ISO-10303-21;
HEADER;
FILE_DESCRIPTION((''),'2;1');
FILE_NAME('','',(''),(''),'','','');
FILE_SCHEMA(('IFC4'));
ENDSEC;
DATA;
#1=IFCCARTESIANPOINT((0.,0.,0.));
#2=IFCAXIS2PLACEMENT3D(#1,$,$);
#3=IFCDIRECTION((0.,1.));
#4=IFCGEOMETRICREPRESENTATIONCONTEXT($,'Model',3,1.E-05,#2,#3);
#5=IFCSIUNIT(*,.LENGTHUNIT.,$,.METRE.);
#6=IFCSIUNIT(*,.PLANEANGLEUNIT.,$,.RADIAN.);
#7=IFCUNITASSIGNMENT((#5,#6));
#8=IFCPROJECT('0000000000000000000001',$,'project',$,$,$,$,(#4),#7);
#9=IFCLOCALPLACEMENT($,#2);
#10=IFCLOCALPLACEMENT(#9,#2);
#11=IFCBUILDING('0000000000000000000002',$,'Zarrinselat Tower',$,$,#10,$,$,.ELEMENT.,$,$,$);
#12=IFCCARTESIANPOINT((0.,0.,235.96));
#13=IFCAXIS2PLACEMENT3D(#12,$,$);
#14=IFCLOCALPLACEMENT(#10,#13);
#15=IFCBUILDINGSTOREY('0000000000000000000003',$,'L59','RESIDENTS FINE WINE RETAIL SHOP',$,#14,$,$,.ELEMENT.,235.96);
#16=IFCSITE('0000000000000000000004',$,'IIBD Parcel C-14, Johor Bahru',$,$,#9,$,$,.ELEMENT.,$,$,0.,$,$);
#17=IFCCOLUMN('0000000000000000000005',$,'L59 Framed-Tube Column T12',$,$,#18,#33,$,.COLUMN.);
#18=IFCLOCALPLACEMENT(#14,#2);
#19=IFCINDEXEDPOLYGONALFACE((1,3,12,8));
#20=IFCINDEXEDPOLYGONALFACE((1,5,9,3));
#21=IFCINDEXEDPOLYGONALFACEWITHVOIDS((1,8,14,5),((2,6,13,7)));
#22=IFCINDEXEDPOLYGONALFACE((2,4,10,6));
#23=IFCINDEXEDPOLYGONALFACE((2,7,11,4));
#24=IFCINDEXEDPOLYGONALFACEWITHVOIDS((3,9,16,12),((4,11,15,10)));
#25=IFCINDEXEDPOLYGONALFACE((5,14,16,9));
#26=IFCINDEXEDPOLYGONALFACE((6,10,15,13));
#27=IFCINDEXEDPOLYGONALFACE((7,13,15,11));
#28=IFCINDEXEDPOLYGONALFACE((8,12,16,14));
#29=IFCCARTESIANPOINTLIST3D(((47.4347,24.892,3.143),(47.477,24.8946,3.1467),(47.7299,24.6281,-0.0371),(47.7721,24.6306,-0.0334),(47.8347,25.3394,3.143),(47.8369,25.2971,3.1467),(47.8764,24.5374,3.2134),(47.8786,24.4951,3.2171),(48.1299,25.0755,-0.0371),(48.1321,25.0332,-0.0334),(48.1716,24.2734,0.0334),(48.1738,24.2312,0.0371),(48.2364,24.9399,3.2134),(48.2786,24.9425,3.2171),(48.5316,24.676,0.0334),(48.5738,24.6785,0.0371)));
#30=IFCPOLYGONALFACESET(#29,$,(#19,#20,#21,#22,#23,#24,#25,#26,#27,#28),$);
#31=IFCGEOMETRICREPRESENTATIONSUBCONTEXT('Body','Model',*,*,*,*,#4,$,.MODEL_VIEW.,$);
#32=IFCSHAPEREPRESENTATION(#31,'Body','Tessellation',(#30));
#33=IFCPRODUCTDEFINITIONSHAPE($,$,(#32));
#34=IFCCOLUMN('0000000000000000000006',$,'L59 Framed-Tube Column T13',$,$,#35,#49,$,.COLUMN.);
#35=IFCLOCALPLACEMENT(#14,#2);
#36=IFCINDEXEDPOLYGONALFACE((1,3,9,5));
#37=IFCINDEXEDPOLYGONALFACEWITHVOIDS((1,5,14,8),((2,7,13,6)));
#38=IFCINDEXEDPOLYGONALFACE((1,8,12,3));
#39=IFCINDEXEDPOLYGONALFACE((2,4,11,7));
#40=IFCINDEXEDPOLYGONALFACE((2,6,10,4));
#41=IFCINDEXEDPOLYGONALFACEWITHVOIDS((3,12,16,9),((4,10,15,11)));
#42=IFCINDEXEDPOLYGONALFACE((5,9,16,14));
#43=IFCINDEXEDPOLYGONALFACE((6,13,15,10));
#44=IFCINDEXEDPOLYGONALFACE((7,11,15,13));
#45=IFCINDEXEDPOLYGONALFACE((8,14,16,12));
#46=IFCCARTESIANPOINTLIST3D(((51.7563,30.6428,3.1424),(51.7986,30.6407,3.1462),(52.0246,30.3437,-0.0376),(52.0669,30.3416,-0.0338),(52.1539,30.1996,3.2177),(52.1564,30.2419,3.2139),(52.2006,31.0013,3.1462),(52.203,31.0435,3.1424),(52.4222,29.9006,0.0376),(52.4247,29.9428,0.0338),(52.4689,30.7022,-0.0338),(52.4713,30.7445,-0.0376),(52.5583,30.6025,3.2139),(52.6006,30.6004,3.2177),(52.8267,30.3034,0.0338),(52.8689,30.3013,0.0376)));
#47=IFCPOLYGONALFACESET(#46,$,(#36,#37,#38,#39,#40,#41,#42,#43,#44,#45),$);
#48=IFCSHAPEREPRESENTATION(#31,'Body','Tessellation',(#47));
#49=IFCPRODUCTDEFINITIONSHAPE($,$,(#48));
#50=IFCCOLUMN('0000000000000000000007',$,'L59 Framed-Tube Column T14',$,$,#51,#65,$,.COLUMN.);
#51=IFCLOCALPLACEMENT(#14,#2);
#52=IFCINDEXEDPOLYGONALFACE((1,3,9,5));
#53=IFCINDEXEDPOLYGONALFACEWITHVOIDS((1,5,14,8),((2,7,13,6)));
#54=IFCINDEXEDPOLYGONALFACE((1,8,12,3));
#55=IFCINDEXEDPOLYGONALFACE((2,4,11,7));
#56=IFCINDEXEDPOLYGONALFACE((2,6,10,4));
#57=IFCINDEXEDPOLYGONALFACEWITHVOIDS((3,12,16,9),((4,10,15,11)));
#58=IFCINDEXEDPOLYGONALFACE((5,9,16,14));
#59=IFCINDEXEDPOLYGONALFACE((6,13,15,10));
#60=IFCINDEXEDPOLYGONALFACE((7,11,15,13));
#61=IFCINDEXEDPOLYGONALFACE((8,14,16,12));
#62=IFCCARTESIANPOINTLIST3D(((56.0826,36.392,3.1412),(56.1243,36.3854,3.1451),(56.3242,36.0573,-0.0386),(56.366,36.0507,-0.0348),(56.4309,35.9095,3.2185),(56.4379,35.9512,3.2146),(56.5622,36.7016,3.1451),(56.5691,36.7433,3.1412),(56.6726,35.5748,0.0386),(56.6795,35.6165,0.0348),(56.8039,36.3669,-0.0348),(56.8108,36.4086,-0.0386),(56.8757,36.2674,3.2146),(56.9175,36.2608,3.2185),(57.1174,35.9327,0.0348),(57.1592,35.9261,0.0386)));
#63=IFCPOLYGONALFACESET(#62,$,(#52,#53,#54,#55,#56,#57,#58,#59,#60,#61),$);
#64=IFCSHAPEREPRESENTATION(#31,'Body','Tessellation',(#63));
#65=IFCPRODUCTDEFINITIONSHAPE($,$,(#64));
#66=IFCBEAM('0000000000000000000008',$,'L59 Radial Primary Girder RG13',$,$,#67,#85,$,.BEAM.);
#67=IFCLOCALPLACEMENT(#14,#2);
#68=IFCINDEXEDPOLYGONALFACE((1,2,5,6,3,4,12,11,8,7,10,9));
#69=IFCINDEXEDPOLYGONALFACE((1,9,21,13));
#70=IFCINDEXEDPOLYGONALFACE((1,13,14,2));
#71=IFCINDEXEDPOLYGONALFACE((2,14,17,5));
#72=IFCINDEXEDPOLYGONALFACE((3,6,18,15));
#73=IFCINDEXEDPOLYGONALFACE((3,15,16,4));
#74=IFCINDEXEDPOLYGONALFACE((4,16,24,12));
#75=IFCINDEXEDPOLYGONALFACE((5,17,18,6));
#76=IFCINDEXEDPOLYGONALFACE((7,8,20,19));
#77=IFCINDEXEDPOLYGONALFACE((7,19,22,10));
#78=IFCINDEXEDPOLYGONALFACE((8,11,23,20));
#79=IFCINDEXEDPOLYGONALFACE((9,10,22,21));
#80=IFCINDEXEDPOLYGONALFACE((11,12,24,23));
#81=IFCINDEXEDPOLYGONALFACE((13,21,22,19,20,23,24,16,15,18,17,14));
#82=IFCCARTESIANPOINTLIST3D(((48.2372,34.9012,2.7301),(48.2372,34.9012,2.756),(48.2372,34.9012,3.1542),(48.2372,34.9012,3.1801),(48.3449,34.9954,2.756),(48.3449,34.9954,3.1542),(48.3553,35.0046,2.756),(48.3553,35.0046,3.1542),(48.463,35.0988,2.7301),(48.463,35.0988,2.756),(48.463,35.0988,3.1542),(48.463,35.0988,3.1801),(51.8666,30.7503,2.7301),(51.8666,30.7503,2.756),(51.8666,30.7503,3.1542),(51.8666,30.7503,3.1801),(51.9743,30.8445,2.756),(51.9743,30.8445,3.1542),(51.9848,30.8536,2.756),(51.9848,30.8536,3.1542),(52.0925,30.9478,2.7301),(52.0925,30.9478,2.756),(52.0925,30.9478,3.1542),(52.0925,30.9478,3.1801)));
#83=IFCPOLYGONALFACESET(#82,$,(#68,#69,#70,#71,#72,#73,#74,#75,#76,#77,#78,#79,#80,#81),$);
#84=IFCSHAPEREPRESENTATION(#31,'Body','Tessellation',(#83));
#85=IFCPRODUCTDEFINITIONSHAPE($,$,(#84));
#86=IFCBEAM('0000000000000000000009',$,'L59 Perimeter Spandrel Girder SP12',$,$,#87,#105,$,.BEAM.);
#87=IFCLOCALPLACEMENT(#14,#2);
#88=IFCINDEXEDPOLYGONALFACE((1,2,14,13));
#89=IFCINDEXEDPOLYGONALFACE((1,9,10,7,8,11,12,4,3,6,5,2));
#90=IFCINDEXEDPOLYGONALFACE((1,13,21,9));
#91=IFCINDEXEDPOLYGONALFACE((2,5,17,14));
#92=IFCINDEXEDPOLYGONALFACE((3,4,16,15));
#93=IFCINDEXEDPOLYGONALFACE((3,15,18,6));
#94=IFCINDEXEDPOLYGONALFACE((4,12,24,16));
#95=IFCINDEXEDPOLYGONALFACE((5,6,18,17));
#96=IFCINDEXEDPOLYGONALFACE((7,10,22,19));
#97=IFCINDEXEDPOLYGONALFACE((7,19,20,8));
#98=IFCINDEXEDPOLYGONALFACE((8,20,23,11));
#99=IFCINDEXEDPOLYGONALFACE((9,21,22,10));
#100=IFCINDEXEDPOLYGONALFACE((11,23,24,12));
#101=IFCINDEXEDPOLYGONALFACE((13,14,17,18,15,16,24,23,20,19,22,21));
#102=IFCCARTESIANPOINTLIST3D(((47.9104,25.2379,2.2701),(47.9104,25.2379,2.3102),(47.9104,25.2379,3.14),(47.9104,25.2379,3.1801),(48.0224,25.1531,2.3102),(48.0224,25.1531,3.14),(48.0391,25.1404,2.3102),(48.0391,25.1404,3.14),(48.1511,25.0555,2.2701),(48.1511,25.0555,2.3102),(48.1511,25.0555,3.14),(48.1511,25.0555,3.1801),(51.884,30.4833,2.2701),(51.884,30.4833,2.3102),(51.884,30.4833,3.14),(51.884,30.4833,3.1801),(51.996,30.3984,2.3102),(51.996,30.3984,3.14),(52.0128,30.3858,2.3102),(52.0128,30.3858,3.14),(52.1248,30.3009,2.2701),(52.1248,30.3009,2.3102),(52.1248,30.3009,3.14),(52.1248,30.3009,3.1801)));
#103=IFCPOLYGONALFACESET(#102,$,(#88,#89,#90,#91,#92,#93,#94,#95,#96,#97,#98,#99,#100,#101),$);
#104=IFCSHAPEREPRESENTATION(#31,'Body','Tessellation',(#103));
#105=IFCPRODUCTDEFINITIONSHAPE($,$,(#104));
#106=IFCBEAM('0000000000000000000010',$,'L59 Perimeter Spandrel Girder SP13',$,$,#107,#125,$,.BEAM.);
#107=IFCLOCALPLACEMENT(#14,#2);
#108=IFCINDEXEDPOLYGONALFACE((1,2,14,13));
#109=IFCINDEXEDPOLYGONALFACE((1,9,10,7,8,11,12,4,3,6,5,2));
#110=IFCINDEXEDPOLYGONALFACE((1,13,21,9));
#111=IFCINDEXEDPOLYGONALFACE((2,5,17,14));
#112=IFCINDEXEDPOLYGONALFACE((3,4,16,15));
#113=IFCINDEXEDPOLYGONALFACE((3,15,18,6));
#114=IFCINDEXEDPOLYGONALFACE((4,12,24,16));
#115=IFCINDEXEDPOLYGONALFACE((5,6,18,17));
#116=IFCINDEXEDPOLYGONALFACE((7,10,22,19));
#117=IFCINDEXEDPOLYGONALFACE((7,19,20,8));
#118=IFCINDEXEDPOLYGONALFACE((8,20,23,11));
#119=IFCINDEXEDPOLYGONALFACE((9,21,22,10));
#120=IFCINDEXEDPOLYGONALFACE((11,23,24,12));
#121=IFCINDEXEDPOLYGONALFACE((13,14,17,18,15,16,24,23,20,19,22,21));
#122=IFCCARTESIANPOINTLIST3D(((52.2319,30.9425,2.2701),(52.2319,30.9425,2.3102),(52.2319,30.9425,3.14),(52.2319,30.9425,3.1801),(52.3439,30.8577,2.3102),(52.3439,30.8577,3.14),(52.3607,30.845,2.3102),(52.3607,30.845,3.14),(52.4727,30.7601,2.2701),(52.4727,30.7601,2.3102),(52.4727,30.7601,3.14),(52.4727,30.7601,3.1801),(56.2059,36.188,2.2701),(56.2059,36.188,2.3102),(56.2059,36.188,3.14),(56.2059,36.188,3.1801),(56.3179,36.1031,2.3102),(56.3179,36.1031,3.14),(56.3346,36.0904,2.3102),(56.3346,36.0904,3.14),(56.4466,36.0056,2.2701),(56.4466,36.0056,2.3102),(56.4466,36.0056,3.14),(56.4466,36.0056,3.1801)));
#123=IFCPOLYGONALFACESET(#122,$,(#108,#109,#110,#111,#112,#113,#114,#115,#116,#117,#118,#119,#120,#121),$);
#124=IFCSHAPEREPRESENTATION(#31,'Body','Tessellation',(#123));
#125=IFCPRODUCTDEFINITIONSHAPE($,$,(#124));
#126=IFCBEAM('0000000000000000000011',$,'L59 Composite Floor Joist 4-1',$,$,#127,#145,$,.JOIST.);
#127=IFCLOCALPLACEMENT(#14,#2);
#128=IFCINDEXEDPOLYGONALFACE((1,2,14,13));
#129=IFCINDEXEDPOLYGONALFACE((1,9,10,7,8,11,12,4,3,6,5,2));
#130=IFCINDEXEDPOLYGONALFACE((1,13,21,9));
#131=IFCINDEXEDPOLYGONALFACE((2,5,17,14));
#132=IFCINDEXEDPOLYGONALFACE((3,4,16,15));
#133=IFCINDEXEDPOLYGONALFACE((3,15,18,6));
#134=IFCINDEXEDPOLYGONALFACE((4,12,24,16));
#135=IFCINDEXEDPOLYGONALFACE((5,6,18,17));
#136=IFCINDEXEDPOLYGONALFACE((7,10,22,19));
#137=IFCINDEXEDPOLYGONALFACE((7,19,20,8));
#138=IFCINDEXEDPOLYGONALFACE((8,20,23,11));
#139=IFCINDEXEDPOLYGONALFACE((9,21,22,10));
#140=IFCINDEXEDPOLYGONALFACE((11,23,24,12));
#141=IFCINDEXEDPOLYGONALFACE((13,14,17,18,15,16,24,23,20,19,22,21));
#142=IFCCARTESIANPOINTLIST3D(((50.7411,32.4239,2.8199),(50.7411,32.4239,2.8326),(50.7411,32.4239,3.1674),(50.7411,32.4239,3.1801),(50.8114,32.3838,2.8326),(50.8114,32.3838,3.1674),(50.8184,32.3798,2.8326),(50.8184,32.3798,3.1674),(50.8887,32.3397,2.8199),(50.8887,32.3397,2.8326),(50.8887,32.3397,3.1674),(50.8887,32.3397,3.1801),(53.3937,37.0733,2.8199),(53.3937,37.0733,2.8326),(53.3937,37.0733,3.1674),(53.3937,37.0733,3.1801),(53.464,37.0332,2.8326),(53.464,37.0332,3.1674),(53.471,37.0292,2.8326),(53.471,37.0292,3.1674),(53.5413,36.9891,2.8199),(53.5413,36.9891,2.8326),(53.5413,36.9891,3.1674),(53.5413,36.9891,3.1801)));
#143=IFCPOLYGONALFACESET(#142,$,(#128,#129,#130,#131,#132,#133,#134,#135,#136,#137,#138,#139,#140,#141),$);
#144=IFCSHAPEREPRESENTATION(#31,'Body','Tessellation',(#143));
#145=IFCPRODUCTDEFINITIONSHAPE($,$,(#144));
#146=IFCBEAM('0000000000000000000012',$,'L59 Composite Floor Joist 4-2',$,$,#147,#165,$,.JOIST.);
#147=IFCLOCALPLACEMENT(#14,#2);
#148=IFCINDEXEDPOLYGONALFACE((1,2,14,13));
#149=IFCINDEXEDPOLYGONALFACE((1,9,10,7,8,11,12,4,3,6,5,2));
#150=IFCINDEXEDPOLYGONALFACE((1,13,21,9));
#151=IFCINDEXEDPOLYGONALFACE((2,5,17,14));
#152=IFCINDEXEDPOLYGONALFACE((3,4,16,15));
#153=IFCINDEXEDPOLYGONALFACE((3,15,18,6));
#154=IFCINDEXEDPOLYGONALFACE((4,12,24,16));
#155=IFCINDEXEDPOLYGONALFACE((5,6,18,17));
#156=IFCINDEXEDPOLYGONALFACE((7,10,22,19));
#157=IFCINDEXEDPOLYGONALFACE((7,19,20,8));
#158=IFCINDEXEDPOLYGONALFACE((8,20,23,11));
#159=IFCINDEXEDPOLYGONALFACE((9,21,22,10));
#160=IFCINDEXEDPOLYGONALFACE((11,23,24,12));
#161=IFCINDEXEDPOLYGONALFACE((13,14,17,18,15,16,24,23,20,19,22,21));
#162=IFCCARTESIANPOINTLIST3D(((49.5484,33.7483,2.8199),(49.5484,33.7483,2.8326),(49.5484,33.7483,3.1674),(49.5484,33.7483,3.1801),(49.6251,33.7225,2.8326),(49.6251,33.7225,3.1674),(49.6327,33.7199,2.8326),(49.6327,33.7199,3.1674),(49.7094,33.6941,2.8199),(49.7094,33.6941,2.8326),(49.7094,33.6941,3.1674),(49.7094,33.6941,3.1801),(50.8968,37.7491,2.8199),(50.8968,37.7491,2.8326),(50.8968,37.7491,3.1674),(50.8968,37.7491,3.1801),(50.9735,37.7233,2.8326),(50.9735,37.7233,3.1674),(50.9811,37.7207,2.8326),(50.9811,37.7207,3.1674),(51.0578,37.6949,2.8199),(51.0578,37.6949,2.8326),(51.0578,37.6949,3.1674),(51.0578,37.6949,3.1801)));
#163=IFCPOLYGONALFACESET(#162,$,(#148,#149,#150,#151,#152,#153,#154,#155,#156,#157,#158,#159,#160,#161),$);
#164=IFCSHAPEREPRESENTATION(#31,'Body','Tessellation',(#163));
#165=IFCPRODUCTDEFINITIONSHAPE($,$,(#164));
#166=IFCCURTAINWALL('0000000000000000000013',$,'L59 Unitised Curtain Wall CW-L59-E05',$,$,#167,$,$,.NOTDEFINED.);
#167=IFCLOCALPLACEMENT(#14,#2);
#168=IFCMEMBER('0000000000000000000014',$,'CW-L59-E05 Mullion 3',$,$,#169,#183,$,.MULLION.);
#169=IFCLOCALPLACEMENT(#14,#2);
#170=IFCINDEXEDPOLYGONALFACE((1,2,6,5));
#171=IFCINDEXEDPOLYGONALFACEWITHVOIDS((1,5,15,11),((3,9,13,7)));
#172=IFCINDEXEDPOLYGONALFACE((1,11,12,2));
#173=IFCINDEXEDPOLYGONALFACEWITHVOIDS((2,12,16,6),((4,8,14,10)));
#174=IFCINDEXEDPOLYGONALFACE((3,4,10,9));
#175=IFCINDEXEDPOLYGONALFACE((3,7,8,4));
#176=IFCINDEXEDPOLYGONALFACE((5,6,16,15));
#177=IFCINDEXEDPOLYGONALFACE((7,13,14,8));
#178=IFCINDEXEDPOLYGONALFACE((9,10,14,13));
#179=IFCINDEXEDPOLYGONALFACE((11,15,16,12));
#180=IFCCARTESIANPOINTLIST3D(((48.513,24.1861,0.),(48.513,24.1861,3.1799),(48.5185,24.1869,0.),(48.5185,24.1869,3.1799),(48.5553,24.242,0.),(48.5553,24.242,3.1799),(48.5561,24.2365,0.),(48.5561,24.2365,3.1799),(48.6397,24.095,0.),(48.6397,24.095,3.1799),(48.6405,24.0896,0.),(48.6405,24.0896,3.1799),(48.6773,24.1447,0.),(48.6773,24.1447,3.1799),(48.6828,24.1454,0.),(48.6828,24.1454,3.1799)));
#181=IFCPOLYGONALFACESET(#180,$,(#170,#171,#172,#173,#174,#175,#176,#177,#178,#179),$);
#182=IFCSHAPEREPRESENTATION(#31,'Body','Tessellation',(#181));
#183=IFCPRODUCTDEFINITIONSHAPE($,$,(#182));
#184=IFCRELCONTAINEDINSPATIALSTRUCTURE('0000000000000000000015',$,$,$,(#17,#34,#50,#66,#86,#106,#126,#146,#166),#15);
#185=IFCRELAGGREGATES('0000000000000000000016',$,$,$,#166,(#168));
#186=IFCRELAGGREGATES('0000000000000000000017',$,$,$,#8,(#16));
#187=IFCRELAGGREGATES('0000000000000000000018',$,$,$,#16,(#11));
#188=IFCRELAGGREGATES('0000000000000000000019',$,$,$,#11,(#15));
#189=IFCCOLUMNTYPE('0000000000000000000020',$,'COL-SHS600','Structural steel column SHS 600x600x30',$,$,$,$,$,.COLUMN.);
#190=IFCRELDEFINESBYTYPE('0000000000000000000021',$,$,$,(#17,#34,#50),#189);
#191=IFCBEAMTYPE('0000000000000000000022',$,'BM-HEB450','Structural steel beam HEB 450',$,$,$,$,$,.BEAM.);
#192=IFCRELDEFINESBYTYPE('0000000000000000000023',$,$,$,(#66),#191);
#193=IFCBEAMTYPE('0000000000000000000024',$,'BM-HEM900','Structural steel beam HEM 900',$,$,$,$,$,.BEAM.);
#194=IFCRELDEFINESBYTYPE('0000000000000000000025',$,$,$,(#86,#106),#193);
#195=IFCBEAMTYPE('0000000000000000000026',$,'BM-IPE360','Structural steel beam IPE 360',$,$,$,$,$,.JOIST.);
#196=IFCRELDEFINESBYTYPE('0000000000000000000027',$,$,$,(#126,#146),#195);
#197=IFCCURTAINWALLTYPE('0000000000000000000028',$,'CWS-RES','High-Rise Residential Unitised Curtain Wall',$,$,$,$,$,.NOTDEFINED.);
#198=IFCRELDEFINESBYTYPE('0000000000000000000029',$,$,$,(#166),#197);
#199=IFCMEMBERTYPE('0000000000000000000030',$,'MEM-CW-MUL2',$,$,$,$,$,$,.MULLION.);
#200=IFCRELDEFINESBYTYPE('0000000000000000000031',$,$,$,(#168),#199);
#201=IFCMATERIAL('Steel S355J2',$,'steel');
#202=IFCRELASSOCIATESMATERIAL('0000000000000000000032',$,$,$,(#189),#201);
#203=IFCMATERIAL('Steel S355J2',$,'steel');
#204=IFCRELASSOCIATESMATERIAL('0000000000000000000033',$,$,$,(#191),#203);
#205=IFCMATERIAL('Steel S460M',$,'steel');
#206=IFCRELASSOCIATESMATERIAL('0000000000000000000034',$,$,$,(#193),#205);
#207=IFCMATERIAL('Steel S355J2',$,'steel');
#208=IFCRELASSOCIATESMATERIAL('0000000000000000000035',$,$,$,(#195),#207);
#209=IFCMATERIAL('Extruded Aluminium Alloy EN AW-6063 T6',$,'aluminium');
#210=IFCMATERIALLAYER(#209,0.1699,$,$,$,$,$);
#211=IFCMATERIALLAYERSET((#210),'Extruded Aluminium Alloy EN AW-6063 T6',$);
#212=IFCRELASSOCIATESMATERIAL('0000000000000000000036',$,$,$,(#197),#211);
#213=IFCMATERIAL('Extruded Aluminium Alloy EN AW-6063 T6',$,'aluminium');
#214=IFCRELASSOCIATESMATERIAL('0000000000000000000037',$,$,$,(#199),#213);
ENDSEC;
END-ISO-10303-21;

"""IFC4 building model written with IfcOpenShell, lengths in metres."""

from ifc_helpers import new_model, si_unit, direction, frame, origin, origin_2d, place, context, subcontext, project, spatial, hollow_rectangle, i_section, extrude, material, layer, layer_set, material_profile, profile_set, type_object, element, aggregate, save


model = new_model("IFC4")

# Units and contexts
model_context = context("Model", 3, precision=1e-05, world=origin(), true_north=direction((0.0, 1.0)))
body_context = subcontext(model_context, "Body", "Model", "MODEL_VIEW")
ifc_project = project(units=[si_unit("LENGTHUNIT", "METRE"), si_unit("PLANEANGLEUNIT", "RADIAN")], contexts=[model_context])

# Site, building, storey
site_placement = place(None, origin())
site = spatial("IfcSite", under=ifc_project, at=site_placement, Name="IIBD Parcel C-14, Johor Bahru", CompositionType="ELEMENT", RefElevation=0.0)
building_placement = place(site_placement, origin())
building = spatial("IfcBuilding", under=site, at=building_placement, Name="Zarrinselat Tower", CompositionType="ELEMENT")
storey_placement = place(building_placement, frame((0.0, 0.0, 235.96)))
storey = spatial("IfcBuildingStorey", under=building, at=storey_placement, Name="L59", Description="RESIDENTS FINE WINE RETAIL SHOP", CompositionType="ELEMENT", Elevation=235.96)

# Columns
ifc_material_1 = material(Name="Steel S355J2", Category="steel")
ifc_material_profile_1 = material_profile(ifc_material_1, hollow_rectangle(XDim=0.6001, YDim=0.6001, WallThickness=0.03, at=origin_2d()), Name="SHS 600x600x30")
ifc_profile_set_1 = profile_set([ifc_material_profile_1], Name="Steel S355J2")
column_type = type_object("IfcColumnType", Name="COL-SHS600", Description="Structural steel column SHS 600x600x30", PredefinedType="COLUMN", material=ifc_profile_set_1)
column_1_placement = place(storey_placement, frame((48.1519, 24.6533, 0.0), z_axis=(-0.09211, 0.082358, 0.992337), x_axis=(-0.666542, -0.745467, 0.0)))
element("IfcColumn", 1, at=column_1_placement, inside=storey, type_object=column_type, Name="L59 Framed-Tube Column T12", PredefinedType="COLUMN", context=body_context, shape_type="SweptSolid", body=[
    extrude(hollow_rectangle(XDim=0.6001, YDim=0.6001, WallThickness=0.03, at=origin_2d()), origin(), (0.0, 0.0, 1.0), 3.2046),
])
column_2_placement = place(storey_placement, frame((52.4468, 30.3225, 0.0), z_axis=(-0.083711, 0.093308, 0.992112), x_axis=(-0.744351, -0.667789, 0.0)))
element("IfcColumn", 2, at=column_2_placement, inside=storey, type_object=column_type, Name="L59 Framed-Tube Column T13", PredefinedType="COLUMN", context=body_context, shape_type="SweptSolid", body=[
    extrude(hollow_rectangle(XDim=0.6001, YDim=0.6001, WallThickness=0.03, at=origin_2d()), origin(), (0.0, 0.0, 1.0), 3.2053),
])
column_3_placement = place(storey_placement, frame((56.7417, 35.9917, 0.0), z_axis=(-0.075375, 0.104383, 0.991677), x_axis=(-0.810726, -0.585426, 0.0)))
element("IfcColumn", 3, at=column_3_placement, inside=storey, type_object=column_type, Name="L59 Framed-Tube Column T14", PredefinedType="COLUMN", context=body_context, shape_type="SweptSolid", body=[
    extrude(hollow_rectangle(XDim=0.6001, YDim=0.6001, WallThickness=0.03, at=origin_2d()), origin(), (0.0, 0.0, 1.0), 3.2065),
])

# Beams
ifc_material_2 = material(Name="Steel S355J2", Category="steel")
ifc_material_profile_2 = material_profile(ifc_material_2, i_section(OverallWidth=0.3, OverallDepth=0.45, WebThickness=0.0139, FlangeThickness=0.0259, at=origin_2d()), Name="HEB 450")
ifc_profile_set_2 = profile_set([ifc_material_profile_2], Name="Steel S355J2")
beam_type_1 = type_object("IfcBeamType", Name="BM-HEB450", Description="Structural steel beam HEB 450", PredefinedType="BEAM", material=ifc_profile_set_2)
beam_1_placement = place(storey_placement, frame((48.3501, 35.0, 2.9551), z_axis=(0.658235, -0.752813, 0.0), x_axis=(0.752813, 0.658235, 0.0)))
element("IfcBeam", 4, at=beam_1_placement, inside=storey, type_object=beam_type_1, Name="L59 Radial Primary Girder RG13", PredefinedType="BEAM", context=body_context, shape_type="SweptSolid", body=[
    extrude(i_section(OverallWidth=0.3, OverallDepth=0.45, WebThickness=0.0139, FlangeThickness=0.0259, at=origin_2d()), origin(), (0.0, 0.0, 1.0), 5.5139),
])
ifc_material_3 = material(Name="Steel S460M", Category="steel")
ifc_material_profile_3 = material_profile(ifc_material_3, i_section(OverallWidth=0.302, OverallDepth=0.9099, WebThickness=0.021, FlangeThickness=0.04, at=origin_2d()), Name="HEM 900")
ifc_profile_set_3 = profile_set([ifc_material_profile_3], Name="Steel S460M")
beam_type_2 = type_object("IfcBeamType", Name="BM-HEM900", Description="Structural steel beam HEM 900", PredefinedType="BEAM", material=ifc_profile_set_3)
beam_2_placement = place(storey_placement, frame((48.0308, 25.1467, 2.7251), z_axis=(0.603846, 0.797101, 0.0), x_axis=(-0.797101, 0.603846, 0.0)))
element("IfcBeam", 5, at=beam_2_placement, inside=storey, type_object=beam_type_2, Name="L59 Perimeter Spandrel Girder SP12", PredefinedType="BEAM", context=body_context, shape_type="SweptSolid", body=[
    extrude(i_section(OverallWidth=0.302, OverallDepth=0.9099, WebThickness=0.021, FlangeThickness=0.04, at=origin_2d()), origin(), (0.0, 0.0, 1.0), 6.5806),
])
beam_3_placement = place(storey_placement, frame((52.3523, 30.8513, 2.7251), z_axis=(0.603869, 0.797083, 0.0), x_axis=(-0.797083, 0.603869, 0.0)))
element("IfcBeam", 6, at=beam_3_placement, inside=storey, type_object=beam_type_2, Name="L59 Perimeter Spandrel Girder SP13", PredefinedType="BEAM", context=body_context, shape_type="SweptSolid", body=[
    extrude(i_section(OverallWidth=0.302, OverallDepth=0.9099, WebThickness=0.021, FlangeThickness=0.04, at=origin_2d()), origin(), (0.0, 0.0, 1.0), 6.5808),
])
ifc_material_4 = material(Name="Steel S355J2", Category="steel")
ifc_material_profile_4 = material_profile(ifc_material_4, i_section(OverallWidth=0.1699, OverallDepth=0.3601, WebThickness=0.0081, FlangeThickness=0.0127, at=origin_2d()), Name="IPE 360")
ifc_profile_set_4 = profile_set([ifc_material_profile_4], Name="Steel S355J2")
beam_type_3 = type_object("IfcBeamType", Name="BM-IPE360", Description="Structural steel beam IPE 360", PredefinedType="JOIST", material=ifc_profile_set_4)
beam_4_placement = place(storey_placement, frame((50.8149, 32.3818, 3.0), z_axis=(0.495544, 0.868583, 0.0), x_axis=(-0.868583, 0.495544, 0.0)))
element("IfcBeam", 7, at=beam_4_placement, inside=storey, type_object=beam_type_3, Name="L59 Composite Floor Joist 4-1", PredefinedType="JOIST", context=body_context, shape_type="SweptSolid", body=[
    extrude(i_section(OverallWidth=0.1699, OverallDepth=0.3601, WebThickness=0.0081, FlangeThickness=0.0127, at=origin_2d()), origin(), (0.0, 0.0, 1.0), 5.3528),
])
beam_5_placement = place(storey_placement, frame((49.6289, 33.7212, 3.0), z_axis=(0.319383, 0.947626, 0.0), x_axis=(-0.947626, 0.319383, 0.0)))
element("IfcBeam", 8, at=beam_5_placement, inside=storey, type_object=beam_type_3, Name="L59 Composite Floor Joist 4-2", PredefinedType="JOIST", context=body_context, shape_type="SweptSolid", body=[
    extrude(i_section(OverallWidth=0.1699, OverallDepth=0.3601, WebThickness=0.0081, FlangeThickness=0.0127, at=origin_2d()), origin(), (0.0, 0.0, 1.0), 4.2219),
])

# Curtain wall, member
ifc_material_5 = material(Name="Extruded Aluminium Alloy EN AW-6063 T6", Category="aluminium")
ifc_layer_1 = layer(ifc_material_5, 0.1699)
ifc_layer_set_1 = layer_set([ifc_layer_1], Name="Extruded Aluminium Alloy EN AW-6063 T6")
curtain_wall_type = type_object("IfcCurtainWallType", Name="CWS-RES", Description="High-Rise Residential Unitised Curtain Wall", PredefinedType="NOTDEFINED", material=ifc_layer_set_1)
curtain_wall_placement = place(storey_placement, origin())
curtain_wall = element("IfcCurtainWall", 9, at=curtain_wall_placement, inside=storey, type_object=curtain_wall_type, Name="L59 Unitised Curtain Wall CW-L59-E05", PredefinedType="NOTDEFINED")
ifc_material_6 = material(Name="Extruded Aluminium Alloy EN AW-6063 T6", Category="aluminium")
ifc_material_profile_5 = material_profile(ifc_material_6, hollow_rectangle(XDim=0.0701, YDim=0.1599, WallThickness=0.0039, at=origin_2d()), Name="RHS 160x70x4")
ifc_profile_set_5 = profile_set([ifc_material_profile_5], Name="Extruded Aluminium Alloy EN AW-6063 T6")
member_type_1 = type_object("IfcMemberType", Name="MEM-CW-MUL2", PredefinedType="MULLION", material=ifc_profile_set_5)
member_1_placement = place(storey_placement, frame((48.5979, 24.1658, 0.0), z_axis=(0.0, 0.0, 1.0), x_axis=(0.603859, 0.797091, 0.0)))
member_1 = element("IfcMember", 10, at=member_1_placement, type_object=member_type_1, Name="CW-L59-E05 Mullion 3", PredefinedType="MULLION", context=body_context, shape_type="SweptSolid", body=[
    extrude(hollow_rectangle(XDim=0.0701, YDim=0.1599, WallThickness=0.0039, at=origin_2d()), origin(), (0.0, 0.0, 1.0), 3.1799),
])
aggregate(curtain_wall, [member_1])

save(model, "model.ifc")
